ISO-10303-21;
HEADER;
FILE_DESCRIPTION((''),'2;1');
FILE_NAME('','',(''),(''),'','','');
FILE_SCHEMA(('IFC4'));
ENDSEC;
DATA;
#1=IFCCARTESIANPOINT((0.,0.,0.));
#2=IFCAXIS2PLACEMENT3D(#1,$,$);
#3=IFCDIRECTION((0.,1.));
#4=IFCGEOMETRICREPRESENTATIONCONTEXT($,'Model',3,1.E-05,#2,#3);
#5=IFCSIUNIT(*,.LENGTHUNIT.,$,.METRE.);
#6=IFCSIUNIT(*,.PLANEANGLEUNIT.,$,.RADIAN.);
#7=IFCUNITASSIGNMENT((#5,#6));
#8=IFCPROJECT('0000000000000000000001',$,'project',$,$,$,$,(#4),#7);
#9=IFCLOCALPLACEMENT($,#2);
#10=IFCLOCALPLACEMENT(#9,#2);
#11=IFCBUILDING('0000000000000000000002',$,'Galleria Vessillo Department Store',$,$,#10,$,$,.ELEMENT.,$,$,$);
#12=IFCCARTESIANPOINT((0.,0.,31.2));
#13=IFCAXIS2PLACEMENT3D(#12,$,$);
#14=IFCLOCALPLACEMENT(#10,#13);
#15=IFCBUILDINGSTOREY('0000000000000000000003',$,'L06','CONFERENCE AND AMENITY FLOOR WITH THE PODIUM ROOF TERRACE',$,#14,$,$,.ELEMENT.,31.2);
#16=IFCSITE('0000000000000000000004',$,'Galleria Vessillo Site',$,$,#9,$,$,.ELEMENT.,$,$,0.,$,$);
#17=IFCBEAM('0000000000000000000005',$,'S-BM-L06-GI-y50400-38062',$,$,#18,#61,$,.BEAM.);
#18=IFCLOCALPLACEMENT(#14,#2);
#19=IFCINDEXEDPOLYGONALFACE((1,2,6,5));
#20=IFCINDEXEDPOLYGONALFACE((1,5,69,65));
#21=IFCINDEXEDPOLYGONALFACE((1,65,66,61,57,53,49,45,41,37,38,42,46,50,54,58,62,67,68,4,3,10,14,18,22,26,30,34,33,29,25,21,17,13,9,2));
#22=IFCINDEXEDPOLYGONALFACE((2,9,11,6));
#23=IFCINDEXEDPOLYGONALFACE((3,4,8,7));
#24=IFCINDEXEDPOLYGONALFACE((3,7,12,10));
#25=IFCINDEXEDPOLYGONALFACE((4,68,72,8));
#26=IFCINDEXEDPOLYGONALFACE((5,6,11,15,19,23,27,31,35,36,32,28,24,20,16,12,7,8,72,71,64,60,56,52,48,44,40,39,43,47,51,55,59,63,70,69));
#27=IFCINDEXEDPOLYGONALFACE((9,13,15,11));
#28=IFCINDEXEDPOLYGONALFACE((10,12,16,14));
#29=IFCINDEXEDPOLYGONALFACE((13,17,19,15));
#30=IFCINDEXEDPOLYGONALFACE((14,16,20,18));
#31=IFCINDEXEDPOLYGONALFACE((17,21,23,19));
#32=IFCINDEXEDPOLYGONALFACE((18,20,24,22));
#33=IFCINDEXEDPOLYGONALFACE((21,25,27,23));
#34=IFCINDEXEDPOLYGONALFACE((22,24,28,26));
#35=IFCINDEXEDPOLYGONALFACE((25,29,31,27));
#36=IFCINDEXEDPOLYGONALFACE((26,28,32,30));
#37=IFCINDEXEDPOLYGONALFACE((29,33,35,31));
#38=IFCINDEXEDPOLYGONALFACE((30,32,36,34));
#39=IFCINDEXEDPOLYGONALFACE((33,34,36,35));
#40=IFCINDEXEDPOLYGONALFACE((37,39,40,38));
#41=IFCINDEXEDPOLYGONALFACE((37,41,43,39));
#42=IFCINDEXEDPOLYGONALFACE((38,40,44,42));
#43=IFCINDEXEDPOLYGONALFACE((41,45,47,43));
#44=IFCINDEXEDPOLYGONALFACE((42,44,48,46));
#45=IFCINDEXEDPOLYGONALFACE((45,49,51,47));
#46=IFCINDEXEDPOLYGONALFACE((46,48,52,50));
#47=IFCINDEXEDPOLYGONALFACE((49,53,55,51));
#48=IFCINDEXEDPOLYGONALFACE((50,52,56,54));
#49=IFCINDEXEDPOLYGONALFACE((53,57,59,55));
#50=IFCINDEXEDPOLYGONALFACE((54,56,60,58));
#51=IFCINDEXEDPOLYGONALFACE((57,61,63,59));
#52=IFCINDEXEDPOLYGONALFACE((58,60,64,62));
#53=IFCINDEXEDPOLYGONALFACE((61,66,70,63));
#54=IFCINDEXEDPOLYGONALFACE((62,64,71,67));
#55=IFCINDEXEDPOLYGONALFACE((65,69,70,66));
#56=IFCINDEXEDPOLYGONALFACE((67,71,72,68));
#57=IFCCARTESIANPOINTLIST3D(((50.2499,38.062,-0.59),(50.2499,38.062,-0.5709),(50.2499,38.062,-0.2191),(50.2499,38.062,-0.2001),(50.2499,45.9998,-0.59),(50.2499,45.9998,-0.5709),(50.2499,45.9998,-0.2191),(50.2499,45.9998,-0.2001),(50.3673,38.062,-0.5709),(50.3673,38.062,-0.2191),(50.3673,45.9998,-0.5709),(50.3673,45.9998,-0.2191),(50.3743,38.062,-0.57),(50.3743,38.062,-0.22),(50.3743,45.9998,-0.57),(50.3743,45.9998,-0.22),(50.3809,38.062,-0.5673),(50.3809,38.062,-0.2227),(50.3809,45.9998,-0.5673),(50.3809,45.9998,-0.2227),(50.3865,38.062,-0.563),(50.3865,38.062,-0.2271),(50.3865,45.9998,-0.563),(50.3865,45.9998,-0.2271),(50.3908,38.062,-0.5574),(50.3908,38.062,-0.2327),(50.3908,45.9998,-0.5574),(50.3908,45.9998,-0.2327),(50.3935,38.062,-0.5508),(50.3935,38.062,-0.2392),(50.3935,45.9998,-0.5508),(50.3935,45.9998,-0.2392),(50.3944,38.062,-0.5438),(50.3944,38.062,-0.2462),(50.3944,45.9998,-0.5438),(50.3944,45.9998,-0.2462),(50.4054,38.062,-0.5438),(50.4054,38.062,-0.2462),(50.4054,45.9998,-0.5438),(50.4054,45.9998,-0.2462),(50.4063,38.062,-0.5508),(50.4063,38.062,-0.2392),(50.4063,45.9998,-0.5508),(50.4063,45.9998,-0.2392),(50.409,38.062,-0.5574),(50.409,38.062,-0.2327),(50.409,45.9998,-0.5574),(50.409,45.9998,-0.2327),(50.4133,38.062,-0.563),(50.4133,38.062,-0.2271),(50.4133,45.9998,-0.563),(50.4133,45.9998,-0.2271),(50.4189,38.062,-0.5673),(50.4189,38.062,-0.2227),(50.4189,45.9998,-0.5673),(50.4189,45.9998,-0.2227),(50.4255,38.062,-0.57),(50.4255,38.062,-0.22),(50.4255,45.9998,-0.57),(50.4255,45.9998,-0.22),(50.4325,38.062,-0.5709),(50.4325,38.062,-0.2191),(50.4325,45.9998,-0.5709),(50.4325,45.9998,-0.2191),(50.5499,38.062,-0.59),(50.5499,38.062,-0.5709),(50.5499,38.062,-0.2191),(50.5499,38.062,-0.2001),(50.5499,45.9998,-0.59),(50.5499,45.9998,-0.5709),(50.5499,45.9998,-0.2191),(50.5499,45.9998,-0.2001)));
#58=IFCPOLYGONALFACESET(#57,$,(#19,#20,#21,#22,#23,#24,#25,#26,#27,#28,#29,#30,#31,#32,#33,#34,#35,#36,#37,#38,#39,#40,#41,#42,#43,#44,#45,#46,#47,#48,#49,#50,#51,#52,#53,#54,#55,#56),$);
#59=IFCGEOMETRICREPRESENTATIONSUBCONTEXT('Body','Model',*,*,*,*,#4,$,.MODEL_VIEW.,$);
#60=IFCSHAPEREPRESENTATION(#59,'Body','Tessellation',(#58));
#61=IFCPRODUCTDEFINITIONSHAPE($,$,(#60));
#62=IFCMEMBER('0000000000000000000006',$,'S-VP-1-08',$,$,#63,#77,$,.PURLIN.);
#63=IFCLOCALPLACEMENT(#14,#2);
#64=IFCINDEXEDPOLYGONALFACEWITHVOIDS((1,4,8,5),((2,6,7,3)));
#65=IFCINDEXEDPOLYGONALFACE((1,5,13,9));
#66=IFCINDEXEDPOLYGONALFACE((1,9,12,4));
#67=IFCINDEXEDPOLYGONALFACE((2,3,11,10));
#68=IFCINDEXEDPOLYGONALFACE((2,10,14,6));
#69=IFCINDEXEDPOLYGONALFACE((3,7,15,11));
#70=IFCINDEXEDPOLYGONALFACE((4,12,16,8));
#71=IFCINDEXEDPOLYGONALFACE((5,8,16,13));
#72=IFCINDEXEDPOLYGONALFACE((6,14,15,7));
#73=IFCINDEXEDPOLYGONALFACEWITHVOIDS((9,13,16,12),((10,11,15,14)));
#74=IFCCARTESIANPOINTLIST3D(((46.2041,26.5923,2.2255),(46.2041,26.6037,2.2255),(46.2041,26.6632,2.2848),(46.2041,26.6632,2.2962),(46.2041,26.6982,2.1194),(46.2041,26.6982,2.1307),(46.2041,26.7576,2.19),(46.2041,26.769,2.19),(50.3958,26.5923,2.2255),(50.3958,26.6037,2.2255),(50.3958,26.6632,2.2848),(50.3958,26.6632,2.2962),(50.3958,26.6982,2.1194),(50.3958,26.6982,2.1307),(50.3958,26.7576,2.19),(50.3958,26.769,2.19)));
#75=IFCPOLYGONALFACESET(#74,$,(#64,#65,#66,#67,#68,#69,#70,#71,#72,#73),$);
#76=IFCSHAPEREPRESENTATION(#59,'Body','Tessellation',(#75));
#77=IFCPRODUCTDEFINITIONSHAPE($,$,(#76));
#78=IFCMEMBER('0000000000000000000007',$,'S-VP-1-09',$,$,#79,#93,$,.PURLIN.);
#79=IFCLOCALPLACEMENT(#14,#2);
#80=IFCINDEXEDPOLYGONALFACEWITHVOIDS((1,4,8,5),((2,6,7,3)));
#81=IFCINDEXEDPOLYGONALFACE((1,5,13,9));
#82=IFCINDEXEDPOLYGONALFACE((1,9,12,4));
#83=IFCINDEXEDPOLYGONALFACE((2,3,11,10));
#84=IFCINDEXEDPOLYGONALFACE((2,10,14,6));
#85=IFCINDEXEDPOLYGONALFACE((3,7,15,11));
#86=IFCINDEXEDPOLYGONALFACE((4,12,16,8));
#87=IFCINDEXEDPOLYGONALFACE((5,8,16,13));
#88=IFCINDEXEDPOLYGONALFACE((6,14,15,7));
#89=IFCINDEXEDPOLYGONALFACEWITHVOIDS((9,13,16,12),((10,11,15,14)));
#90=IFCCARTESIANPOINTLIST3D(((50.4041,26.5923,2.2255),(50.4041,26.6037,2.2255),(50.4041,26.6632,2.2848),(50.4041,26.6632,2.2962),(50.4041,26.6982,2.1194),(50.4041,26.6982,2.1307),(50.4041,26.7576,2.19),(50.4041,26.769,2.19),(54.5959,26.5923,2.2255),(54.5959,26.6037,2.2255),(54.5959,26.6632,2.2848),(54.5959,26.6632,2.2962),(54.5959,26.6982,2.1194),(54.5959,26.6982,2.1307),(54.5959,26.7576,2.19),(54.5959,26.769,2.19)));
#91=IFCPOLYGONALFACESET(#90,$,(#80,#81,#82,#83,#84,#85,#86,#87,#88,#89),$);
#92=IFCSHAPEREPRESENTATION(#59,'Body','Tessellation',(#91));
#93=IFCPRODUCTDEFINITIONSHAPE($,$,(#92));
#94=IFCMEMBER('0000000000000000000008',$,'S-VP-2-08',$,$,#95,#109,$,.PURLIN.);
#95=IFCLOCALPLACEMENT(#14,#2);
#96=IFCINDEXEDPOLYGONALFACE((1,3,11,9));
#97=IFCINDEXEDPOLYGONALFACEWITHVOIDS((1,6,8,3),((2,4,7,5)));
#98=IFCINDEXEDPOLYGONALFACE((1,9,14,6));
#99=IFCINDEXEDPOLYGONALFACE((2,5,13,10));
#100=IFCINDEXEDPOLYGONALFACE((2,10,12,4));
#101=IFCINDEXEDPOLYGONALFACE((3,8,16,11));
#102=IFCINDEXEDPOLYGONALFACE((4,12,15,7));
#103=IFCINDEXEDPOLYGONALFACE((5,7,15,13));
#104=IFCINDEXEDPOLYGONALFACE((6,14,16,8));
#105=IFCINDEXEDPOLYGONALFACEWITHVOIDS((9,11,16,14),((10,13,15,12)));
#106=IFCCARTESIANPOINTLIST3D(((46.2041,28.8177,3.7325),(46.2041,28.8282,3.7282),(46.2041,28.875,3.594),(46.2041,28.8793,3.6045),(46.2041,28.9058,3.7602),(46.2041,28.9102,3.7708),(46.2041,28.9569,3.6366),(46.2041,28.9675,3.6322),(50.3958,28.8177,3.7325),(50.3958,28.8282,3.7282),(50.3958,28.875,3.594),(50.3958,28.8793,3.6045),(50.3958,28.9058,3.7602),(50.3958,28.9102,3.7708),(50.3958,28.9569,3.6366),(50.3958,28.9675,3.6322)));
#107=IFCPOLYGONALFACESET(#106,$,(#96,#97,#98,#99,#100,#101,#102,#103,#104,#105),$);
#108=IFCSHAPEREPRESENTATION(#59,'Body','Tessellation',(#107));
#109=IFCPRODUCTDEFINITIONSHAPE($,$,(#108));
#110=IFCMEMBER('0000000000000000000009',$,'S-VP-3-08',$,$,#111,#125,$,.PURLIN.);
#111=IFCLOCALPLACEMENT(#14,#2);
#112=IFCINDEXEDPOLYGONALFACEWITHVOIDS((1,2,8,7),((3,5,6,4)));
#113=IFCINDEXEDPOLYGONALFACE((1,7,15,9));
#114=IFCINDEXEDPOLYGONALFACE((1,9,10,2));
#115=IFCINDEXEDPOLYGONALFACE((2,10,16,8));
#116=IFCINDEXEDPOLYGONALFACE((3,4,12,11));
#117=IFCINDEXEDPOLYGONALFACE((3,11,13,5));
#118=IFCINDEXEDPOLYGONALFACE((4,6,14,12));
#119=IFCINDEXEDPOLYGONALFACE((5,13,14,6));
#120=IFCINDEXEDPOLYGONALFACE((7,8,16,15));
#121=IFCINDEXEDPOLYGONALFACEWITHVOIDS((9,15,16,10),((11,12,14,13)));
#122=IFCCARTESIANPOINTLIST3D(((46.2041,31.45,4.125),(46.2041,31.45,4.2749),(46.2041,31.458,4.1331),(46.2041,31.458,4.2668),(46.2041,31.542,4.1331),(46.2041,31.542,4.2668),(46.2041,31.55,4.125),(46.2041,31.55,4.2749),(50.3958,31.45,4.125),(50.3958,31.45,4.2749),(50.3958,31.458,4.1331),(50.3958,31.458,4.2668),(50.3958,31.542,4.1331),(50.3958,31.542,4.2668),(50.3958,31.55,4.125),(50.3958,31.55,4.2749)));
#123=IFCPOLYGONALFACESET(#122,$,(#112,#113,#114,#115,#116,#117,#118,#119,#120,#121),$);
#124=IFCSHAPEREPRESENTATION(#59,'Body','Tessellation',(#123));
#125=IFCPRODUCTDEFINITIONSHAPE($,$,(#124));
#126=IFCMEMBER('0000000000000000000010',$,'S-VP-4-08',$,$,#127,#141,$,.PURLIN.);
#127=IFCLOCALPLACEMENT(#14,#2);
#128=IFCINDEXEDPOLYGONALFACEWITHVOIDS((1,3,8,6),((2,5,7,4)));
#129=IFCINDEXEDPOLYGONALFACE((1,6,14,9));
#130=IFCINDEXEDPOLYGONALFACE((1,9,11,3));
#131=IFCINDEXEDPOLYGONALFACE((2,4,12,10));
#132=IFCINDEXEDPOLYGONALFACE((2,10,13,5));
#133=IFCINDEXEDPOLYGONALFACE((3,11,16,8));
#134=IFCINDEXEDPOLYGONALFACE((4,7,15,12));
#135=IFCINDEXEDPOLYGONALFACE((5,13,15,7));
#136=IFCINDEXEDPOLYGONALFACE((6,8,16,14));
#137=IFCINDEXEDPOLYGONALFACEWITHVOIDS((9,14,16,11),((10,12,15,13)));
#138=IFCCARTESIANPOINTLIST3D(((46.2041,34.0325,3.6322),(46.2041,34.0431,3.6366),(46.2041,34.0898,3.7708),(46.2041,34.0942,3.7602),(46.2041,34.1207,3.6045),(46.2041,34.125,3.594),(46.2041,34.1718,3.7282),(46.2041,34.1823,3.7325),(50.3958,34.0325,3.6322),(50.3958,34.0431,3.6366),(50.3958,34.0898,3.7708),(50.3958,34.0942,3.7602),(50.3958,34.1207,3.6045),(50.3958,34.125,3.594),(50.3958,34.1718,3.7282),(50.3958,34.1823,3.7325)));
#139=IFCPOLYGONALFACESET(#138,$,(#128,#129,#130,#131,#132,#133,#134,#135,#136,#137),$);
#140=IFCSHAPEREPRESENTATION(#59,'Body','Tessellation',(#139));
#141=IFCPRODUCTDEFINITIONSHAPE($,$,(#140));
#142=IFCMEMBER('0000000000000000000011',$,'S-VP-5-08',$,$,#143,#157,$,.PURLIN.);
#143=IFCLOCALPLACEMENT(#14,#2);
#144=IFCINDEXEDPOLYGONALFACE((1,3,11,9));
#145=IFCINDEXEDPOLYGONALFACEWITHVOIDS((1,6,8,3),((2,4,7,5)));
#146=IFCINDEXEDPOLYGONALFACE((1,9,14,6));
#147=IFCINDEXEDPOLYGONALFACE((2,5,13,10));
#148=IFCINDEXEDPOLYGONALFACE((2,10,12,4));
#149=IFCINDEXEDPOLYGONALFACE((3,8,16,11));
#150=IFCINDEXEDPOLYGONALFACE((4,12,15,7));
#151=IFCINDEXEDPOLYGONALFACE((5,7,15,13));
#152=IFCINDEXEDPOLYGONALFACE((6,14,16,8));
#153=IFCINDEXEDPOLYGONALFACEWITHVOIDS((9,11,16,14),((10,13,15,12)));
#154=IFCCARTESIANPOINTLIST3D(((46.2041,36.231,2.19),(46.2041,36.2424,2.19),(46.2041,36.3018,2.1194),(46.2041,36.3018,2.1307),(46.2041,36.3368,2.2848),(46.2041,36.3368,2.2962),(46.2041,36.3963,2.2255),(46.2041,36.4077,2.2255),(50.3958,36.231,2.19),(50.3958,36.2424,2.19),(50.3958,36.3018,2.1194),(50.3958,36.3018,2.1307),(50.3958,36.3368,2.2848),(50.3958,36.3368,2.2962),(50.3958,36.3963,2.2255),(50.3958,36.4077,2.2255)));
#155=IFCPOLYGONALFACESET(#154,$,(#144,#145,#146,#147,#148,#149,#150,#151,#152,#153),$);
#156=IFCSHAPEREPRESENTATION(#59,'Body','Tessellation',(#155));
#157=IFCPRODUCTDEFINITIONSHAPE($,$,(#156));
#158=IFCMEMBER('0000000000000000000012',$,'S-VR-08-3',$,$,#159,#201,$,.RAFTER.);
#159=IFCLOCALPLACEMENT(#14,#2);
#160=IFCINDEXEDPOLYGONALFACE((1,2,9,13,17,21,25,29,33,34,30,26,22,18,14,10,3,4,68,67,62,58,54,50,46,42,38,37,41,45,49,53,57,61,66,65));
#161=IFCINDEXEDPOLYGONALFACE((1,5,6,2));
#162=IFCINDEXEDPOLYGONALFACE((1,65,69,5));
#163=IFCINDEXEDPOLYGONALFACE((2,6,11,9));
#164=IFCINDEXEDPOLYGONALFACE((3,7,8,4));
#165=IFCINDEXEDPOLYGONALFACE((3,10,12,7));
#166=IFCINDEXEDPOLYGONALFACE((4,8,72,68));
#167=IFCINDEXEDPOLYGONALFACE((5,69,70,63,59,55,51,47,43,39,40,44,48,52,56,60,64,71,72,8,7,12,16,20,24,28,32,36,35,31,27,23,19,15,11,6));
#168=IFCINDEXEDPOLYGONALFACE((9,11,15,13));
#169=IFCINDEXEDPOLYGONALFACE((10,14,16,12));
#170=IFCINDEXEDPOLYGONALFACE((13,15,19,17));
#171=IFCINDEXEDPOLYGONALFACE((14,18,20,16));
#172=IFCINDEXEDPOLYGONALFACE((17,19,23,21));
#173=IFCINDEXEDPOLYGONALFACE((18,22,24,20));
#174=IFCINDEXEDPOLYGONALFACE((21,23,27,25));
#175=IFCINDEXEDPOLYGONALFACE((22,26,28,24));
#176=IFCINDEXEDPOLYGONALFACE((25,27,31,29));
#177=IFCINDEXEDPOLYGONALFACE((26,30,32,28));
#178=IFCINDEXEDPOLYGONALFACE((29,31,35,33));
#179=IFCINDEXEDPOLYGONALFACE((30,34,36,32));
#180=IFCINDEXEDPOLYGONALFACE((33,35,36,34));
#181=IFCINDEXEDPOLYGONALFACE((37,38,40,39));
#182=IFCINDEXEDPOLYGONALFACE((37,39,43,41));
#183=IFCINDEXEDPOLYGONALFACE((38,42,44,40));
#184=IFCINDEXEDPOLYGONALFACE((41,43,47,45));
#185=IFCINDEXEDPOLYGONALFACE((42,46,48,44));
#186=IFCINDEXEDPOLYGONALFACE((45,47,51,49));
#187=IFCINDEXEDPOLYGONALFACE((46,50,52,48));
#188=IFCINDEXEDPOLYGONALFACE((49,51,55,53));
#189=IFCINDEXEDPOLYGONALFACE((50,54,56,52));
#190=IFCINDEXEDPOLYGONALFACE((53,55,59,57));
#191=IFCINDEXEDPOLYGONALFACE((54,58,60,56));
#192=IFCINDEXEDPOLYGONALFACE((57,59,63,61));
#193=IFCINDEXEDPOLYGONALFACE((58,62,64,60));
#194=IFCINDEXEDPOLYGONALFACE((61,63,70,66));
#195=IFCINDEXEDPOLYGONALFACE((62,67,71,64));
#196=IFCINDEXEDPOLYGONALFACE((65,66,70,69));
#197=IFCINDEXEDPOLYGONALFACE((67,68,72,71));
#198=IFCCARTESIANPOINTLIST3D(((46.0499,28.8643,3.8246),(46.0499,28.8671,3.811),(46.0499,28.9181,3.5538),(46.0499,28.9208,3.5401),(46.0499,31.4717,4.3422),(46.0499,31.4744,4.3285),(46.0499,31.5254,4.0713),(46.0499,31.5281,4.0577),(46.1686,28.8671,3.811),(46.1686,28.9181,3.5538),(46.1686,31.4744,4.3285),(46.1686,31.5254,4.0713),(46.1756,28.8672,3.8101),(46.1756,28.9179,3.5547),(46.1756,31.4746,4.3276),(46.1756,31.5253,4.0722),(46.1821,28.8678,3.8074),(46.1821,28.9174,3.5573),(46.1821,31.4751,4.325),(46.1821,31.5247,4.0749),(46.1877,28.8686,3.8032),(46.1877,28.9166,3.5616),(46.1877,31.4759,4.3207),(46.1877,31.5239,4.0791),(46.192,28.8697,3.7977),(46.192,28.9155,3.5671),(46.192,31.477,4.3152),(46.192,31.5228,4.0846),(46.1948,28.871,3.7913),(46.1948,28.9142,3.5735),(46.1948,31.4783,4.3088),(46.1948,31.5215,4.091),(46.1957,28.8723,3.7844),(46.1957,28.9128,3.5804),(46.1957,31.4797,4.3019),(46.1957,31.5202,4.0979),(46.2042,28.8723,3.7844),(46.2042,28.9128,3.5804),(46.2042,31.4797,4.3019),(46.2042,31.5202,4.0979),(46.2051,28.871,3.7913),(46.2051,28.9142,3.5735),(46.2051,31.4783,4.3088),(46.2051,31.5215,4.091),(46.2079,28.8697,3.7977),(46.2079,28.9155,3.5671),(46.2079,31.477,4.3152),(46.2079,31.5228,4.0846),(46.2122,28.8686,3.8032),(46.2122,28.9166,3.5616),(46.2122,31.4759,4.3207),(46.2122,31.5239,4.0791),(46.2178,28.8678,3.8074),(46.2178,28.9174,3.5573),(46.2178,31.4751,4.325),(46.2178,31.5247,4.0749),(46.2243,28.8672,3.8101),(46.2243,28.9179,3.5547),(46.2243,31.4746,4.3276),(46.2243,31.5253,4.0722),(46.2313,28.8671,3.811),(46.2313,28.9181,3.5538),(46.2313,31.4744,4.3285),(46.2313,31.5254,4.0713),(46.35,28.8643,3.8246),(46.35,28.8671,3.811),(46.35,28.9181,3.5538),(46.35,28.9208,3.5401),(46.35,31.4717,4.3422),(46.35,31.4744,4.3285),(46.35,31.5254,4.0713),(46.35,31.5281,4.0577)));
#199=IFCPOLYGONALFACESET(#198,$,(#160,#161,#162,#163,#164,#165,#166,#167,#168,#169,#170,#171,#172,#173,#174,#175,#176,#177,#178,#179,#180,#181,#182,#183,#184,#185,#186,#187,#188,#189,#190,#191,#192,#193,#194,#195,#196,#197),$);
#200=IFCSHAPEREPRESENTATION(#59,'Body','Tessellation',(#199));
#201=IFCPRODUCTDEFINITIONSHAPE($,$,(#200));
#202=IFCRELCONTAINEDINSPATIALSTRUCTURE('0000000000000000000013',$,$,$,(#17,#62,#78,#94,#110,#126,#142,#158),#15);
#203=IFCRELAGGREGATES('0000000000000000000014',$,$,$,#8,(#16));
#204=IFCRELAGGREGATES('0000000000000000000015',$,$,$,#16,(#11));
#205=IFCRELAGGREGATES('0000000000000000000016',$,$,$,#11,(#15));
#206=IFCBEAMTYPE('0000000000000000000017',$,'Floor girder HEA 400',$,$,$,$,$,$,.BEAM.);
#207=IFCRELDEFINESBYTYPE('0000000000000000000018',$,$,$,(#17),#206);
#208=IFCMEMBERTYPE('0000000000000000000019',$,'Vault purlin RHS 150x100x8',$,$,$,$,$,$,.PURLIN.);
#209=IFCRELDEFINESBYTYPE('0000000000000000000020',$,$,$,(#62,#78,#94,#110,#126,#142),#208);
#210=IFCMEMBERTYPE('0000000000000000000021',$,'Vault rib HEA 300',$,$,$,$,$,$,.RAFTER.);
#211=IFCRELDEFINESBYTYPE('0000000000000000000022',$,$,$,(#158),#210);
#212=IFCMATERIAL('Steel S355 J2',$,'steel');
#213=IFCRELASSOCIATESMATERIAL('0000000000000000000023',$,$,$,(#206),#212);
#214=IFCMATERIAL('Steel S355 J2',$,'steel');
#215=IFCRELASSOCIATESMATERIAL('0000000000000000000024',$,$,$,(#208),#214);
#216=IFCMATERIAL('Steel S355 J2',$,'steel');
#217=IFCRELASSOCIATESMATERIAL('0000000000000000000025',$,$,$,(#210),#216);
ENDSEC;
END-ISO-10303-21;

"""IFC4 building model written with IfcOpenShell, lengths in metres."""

from ifc_helpers import new_model, si_unit, direction, frame, origin, origin_2d, place, context, subcontext, project, spatial, hollow_rectangle, i_section, extrude, material, material_profile, profile_set, type_object, element, save


model = new_model("IFC4")

# Units and contexts
model_context = context("Model", 3, precision=1e-05, world=origin(), true_north=direction((0.0, 1.0)))
body_context = subcontext(model_context, "Body", "Model", "MODEL_VIEW")
ifc_project = project(units=[si_unit("LENGTHUNIT", "METRE"), si_unit("PLANEANGLEUNIT", "RADIAN")], contexts=[model_context])

# Site, building, storey
site_placement = place(None, origin())
site = spatial("IfcSite", under=ifc_project, at=site_placement, Name="Galleria Vessillo Site", CompositionType="ELEMENT", RefElevation=0.0)
building_placement = place(site_placement, origin())
building = spatial("IfcBuilding", under=site, at=building_placement, Name="Galleria Vessillo Department Store", CompositionType="ELEMENT")
storey_placement = place(building_placement, frame((0.0, 0.0, 31.2)))
storey = spatial("IfcBuildingStorey", under=building, at=storey_placement, Name="L06", Description="CONFERENCE AND AMENITY FLOOR WITH THE PODIUM ROOF TERRACE", CompositionType="ELEMENT", Elevation=31.2)

# Beam
ifc_material_1 = material(Name="Steel S355 J2", Category="steel")
ifc_material_profile_1 = material_profile(ifc_material_1, i_section(OverallWidth=0.3, OverallDepth=0.3899, WebThickness=0.011, FlangeThickness=0.019, FilletRadius=0.0271, at=origin_2d()), Name="HEA 400")
ifc_profile_set_1 = profile_set([ifc_material_profile_1], Name="Steel S355 J2")
beam_type = type_object("IfcBeamType", Name="Floor girder HEA 400", PredefinedType="BEAM", material=ifc_profile_set_1)
beam_placement = place(storey_placement, frame((50.3999, 38.062, -0.395), z_axis=(0.0, 1.0, 0.0), x_axis=(-1.0, 0.0, 0.0)))
element("IfcBeam", 1, at=beam_placement, inside=storey, type_object=beam_type, Name="S-BM-L06-GI-y50400-38062", PredefinedType="BEAM", context=body_context, shape_type="SweptSolid", body=[
    extrude(i_section(OverallWidth=0.3, OverallDepth=0.3899, WebThickness=0.011, FlangeThickness=0.019, FilletRadius=0.0271, at=origin_2d()), origin(), (0.0, 0.0, 1.0), 7.9377),
])

# Members
ifc_material_2 = material(Name="Steel S355 J2", Category="steel")
ifc_material_profile_2 = material_profile(ifc_material_2, hollow_rectangle(XDim=0.1001, YDim=0.1499, WallThickness=0.0081, at=origin_2d()), Name="RHS 150x100x8")
ifc_profile_set_2 = profile_set([ifc_material_profile_2], Name="Steel S355 J2")
member_type_1 = type_object("IfcMemberType", Name="Vault purlin RHS 150x100x8", PredefinedType="PURLIN", material=ifc_profile_set_2)
member_1_placement = place(storey_placement, frame((46.2041, 26.6807, 2.2078), z_axis=(1.0, 0.0, 0.0), x_axis=(0.0, 0.708077, 0.706135)))
element("IfcMember", 2, at=member_1_placement, inside=storey, type_object=member_type_1, Name="S-VP-1-08", PredefinedType="PURLIN", context=body_context, shape_type="SweptSolid", body=[
    extrude(hollow_rectangle(XDim=0.1001, YDim=0.1499, WallThickness=0.0081, at=origin_2d()), origin(), (0.0, 0.0, 1.0), 4.1917),
])
member_2_placement = place(storey_placement, frame((50.4041, 26.6807, 2.2078), z_axis=(1.0, 0.0, 0.0), x_axis=(0.0, 0.708077, 0.706135)))
element("IfcMember", 3, at=member_2_placement, inside=storey, type_object=member_type_1, Name="S-VP-1-09", PredefinedType="PURLIN", context=body_context, shape_type="SweptSolid", body=[
    extrude(hollow_rectangle(XDim=0.1001, YDim=0.1499, WallThickness=0.0081, at=origin_2d()), origin(), (0.0, 0.0, 1.0), 4.1919),
])
for number, where, z_axis, x_axis, name in (
    (4, (46.2041, 28.8926, 3.6824), (1.0, 0.0, 0.0), (0.0, 0.924145, 0.382043), "S-VP-2-08"),
    (5, (46.2041, 31.5, 4.2), (1.0, 0.0, 0.0), (0.0, 1.0, 0.0), "S-VP-3-08"),
    (6, (46.2041, 34.1074, 3.6824), (1.0, 0.0, 0.0), (0.0, 0.924145, -0.382043), "S-VP-4-08"),
    (7, (46.2041, 36.3193, 2.2078), (1.0, 0.0, 0.0), (0.0, 0.708077, -0.706135), "S-VP-5-08"),
):
    element("IfcMember", number, at=place(storey_placement, frame(where, z_axis=z_axis, x_axis=x_axis)), inside=storey, type_object=member_type_1, Name=name, PredefinedType="PURLIN", context=body_context, shape_type="SweptSolid", body=[
        extrude(hollow_rectangle(XDim=0.1001, YDim=0.1499, WallThickness=0.0081, at=origin_2d()), origin(), (0.0, 0.0, 1.0), 4.1917),
    ])
ifc_material_3 = material(Name="Steel S355 J2", Category="steel")
ifc_material_profile_3 = material_profile(ifc_material_3, i_section(OverallWidth=0.3, OverallDepth=0.29, WebThickness=0.0085, FlangeThickness=0.0139, FilletRadius=0.0271, at=origin_2d()), Name="HEA 300")
ifc_profile_set_3 = profile_set([ifc_material_profile_3], Name="Steel S355 J2")
member_type_2 = type_object("IfcMemberType", Name="Vault rib HEA 300", PredefinedType="RAFTER", material=ifc_profile_set_3)
for number, where, z_axis, x_axis, name in (
    (8, (46.2, 28.8926, 3.6824), (0.0, 0.980862, 0.194703), (-1.0, 0.0, 0.0), "S-VR-08-3"),
):
    element("IfcMember", number, at=place(storey_placement, frame(where, z_axis=z_axis, x_axis=x_axis)), inside=storey, type_object=member_type_2, Name=name, PredefinedType="RAFTER", context=body_context, shape_type="SweptSolid", body=[
        extrude(i_section(OverallWidth=0.3, OverallDepth=0.29, WebThickness=0.0085, FlangeThickness=0.0139, FilletRadius=0.0271, at=origin_2d()), origin(), (0.0, 0.0, 1.0), 2.6582),
    ])

save(model, "model.ifc")
